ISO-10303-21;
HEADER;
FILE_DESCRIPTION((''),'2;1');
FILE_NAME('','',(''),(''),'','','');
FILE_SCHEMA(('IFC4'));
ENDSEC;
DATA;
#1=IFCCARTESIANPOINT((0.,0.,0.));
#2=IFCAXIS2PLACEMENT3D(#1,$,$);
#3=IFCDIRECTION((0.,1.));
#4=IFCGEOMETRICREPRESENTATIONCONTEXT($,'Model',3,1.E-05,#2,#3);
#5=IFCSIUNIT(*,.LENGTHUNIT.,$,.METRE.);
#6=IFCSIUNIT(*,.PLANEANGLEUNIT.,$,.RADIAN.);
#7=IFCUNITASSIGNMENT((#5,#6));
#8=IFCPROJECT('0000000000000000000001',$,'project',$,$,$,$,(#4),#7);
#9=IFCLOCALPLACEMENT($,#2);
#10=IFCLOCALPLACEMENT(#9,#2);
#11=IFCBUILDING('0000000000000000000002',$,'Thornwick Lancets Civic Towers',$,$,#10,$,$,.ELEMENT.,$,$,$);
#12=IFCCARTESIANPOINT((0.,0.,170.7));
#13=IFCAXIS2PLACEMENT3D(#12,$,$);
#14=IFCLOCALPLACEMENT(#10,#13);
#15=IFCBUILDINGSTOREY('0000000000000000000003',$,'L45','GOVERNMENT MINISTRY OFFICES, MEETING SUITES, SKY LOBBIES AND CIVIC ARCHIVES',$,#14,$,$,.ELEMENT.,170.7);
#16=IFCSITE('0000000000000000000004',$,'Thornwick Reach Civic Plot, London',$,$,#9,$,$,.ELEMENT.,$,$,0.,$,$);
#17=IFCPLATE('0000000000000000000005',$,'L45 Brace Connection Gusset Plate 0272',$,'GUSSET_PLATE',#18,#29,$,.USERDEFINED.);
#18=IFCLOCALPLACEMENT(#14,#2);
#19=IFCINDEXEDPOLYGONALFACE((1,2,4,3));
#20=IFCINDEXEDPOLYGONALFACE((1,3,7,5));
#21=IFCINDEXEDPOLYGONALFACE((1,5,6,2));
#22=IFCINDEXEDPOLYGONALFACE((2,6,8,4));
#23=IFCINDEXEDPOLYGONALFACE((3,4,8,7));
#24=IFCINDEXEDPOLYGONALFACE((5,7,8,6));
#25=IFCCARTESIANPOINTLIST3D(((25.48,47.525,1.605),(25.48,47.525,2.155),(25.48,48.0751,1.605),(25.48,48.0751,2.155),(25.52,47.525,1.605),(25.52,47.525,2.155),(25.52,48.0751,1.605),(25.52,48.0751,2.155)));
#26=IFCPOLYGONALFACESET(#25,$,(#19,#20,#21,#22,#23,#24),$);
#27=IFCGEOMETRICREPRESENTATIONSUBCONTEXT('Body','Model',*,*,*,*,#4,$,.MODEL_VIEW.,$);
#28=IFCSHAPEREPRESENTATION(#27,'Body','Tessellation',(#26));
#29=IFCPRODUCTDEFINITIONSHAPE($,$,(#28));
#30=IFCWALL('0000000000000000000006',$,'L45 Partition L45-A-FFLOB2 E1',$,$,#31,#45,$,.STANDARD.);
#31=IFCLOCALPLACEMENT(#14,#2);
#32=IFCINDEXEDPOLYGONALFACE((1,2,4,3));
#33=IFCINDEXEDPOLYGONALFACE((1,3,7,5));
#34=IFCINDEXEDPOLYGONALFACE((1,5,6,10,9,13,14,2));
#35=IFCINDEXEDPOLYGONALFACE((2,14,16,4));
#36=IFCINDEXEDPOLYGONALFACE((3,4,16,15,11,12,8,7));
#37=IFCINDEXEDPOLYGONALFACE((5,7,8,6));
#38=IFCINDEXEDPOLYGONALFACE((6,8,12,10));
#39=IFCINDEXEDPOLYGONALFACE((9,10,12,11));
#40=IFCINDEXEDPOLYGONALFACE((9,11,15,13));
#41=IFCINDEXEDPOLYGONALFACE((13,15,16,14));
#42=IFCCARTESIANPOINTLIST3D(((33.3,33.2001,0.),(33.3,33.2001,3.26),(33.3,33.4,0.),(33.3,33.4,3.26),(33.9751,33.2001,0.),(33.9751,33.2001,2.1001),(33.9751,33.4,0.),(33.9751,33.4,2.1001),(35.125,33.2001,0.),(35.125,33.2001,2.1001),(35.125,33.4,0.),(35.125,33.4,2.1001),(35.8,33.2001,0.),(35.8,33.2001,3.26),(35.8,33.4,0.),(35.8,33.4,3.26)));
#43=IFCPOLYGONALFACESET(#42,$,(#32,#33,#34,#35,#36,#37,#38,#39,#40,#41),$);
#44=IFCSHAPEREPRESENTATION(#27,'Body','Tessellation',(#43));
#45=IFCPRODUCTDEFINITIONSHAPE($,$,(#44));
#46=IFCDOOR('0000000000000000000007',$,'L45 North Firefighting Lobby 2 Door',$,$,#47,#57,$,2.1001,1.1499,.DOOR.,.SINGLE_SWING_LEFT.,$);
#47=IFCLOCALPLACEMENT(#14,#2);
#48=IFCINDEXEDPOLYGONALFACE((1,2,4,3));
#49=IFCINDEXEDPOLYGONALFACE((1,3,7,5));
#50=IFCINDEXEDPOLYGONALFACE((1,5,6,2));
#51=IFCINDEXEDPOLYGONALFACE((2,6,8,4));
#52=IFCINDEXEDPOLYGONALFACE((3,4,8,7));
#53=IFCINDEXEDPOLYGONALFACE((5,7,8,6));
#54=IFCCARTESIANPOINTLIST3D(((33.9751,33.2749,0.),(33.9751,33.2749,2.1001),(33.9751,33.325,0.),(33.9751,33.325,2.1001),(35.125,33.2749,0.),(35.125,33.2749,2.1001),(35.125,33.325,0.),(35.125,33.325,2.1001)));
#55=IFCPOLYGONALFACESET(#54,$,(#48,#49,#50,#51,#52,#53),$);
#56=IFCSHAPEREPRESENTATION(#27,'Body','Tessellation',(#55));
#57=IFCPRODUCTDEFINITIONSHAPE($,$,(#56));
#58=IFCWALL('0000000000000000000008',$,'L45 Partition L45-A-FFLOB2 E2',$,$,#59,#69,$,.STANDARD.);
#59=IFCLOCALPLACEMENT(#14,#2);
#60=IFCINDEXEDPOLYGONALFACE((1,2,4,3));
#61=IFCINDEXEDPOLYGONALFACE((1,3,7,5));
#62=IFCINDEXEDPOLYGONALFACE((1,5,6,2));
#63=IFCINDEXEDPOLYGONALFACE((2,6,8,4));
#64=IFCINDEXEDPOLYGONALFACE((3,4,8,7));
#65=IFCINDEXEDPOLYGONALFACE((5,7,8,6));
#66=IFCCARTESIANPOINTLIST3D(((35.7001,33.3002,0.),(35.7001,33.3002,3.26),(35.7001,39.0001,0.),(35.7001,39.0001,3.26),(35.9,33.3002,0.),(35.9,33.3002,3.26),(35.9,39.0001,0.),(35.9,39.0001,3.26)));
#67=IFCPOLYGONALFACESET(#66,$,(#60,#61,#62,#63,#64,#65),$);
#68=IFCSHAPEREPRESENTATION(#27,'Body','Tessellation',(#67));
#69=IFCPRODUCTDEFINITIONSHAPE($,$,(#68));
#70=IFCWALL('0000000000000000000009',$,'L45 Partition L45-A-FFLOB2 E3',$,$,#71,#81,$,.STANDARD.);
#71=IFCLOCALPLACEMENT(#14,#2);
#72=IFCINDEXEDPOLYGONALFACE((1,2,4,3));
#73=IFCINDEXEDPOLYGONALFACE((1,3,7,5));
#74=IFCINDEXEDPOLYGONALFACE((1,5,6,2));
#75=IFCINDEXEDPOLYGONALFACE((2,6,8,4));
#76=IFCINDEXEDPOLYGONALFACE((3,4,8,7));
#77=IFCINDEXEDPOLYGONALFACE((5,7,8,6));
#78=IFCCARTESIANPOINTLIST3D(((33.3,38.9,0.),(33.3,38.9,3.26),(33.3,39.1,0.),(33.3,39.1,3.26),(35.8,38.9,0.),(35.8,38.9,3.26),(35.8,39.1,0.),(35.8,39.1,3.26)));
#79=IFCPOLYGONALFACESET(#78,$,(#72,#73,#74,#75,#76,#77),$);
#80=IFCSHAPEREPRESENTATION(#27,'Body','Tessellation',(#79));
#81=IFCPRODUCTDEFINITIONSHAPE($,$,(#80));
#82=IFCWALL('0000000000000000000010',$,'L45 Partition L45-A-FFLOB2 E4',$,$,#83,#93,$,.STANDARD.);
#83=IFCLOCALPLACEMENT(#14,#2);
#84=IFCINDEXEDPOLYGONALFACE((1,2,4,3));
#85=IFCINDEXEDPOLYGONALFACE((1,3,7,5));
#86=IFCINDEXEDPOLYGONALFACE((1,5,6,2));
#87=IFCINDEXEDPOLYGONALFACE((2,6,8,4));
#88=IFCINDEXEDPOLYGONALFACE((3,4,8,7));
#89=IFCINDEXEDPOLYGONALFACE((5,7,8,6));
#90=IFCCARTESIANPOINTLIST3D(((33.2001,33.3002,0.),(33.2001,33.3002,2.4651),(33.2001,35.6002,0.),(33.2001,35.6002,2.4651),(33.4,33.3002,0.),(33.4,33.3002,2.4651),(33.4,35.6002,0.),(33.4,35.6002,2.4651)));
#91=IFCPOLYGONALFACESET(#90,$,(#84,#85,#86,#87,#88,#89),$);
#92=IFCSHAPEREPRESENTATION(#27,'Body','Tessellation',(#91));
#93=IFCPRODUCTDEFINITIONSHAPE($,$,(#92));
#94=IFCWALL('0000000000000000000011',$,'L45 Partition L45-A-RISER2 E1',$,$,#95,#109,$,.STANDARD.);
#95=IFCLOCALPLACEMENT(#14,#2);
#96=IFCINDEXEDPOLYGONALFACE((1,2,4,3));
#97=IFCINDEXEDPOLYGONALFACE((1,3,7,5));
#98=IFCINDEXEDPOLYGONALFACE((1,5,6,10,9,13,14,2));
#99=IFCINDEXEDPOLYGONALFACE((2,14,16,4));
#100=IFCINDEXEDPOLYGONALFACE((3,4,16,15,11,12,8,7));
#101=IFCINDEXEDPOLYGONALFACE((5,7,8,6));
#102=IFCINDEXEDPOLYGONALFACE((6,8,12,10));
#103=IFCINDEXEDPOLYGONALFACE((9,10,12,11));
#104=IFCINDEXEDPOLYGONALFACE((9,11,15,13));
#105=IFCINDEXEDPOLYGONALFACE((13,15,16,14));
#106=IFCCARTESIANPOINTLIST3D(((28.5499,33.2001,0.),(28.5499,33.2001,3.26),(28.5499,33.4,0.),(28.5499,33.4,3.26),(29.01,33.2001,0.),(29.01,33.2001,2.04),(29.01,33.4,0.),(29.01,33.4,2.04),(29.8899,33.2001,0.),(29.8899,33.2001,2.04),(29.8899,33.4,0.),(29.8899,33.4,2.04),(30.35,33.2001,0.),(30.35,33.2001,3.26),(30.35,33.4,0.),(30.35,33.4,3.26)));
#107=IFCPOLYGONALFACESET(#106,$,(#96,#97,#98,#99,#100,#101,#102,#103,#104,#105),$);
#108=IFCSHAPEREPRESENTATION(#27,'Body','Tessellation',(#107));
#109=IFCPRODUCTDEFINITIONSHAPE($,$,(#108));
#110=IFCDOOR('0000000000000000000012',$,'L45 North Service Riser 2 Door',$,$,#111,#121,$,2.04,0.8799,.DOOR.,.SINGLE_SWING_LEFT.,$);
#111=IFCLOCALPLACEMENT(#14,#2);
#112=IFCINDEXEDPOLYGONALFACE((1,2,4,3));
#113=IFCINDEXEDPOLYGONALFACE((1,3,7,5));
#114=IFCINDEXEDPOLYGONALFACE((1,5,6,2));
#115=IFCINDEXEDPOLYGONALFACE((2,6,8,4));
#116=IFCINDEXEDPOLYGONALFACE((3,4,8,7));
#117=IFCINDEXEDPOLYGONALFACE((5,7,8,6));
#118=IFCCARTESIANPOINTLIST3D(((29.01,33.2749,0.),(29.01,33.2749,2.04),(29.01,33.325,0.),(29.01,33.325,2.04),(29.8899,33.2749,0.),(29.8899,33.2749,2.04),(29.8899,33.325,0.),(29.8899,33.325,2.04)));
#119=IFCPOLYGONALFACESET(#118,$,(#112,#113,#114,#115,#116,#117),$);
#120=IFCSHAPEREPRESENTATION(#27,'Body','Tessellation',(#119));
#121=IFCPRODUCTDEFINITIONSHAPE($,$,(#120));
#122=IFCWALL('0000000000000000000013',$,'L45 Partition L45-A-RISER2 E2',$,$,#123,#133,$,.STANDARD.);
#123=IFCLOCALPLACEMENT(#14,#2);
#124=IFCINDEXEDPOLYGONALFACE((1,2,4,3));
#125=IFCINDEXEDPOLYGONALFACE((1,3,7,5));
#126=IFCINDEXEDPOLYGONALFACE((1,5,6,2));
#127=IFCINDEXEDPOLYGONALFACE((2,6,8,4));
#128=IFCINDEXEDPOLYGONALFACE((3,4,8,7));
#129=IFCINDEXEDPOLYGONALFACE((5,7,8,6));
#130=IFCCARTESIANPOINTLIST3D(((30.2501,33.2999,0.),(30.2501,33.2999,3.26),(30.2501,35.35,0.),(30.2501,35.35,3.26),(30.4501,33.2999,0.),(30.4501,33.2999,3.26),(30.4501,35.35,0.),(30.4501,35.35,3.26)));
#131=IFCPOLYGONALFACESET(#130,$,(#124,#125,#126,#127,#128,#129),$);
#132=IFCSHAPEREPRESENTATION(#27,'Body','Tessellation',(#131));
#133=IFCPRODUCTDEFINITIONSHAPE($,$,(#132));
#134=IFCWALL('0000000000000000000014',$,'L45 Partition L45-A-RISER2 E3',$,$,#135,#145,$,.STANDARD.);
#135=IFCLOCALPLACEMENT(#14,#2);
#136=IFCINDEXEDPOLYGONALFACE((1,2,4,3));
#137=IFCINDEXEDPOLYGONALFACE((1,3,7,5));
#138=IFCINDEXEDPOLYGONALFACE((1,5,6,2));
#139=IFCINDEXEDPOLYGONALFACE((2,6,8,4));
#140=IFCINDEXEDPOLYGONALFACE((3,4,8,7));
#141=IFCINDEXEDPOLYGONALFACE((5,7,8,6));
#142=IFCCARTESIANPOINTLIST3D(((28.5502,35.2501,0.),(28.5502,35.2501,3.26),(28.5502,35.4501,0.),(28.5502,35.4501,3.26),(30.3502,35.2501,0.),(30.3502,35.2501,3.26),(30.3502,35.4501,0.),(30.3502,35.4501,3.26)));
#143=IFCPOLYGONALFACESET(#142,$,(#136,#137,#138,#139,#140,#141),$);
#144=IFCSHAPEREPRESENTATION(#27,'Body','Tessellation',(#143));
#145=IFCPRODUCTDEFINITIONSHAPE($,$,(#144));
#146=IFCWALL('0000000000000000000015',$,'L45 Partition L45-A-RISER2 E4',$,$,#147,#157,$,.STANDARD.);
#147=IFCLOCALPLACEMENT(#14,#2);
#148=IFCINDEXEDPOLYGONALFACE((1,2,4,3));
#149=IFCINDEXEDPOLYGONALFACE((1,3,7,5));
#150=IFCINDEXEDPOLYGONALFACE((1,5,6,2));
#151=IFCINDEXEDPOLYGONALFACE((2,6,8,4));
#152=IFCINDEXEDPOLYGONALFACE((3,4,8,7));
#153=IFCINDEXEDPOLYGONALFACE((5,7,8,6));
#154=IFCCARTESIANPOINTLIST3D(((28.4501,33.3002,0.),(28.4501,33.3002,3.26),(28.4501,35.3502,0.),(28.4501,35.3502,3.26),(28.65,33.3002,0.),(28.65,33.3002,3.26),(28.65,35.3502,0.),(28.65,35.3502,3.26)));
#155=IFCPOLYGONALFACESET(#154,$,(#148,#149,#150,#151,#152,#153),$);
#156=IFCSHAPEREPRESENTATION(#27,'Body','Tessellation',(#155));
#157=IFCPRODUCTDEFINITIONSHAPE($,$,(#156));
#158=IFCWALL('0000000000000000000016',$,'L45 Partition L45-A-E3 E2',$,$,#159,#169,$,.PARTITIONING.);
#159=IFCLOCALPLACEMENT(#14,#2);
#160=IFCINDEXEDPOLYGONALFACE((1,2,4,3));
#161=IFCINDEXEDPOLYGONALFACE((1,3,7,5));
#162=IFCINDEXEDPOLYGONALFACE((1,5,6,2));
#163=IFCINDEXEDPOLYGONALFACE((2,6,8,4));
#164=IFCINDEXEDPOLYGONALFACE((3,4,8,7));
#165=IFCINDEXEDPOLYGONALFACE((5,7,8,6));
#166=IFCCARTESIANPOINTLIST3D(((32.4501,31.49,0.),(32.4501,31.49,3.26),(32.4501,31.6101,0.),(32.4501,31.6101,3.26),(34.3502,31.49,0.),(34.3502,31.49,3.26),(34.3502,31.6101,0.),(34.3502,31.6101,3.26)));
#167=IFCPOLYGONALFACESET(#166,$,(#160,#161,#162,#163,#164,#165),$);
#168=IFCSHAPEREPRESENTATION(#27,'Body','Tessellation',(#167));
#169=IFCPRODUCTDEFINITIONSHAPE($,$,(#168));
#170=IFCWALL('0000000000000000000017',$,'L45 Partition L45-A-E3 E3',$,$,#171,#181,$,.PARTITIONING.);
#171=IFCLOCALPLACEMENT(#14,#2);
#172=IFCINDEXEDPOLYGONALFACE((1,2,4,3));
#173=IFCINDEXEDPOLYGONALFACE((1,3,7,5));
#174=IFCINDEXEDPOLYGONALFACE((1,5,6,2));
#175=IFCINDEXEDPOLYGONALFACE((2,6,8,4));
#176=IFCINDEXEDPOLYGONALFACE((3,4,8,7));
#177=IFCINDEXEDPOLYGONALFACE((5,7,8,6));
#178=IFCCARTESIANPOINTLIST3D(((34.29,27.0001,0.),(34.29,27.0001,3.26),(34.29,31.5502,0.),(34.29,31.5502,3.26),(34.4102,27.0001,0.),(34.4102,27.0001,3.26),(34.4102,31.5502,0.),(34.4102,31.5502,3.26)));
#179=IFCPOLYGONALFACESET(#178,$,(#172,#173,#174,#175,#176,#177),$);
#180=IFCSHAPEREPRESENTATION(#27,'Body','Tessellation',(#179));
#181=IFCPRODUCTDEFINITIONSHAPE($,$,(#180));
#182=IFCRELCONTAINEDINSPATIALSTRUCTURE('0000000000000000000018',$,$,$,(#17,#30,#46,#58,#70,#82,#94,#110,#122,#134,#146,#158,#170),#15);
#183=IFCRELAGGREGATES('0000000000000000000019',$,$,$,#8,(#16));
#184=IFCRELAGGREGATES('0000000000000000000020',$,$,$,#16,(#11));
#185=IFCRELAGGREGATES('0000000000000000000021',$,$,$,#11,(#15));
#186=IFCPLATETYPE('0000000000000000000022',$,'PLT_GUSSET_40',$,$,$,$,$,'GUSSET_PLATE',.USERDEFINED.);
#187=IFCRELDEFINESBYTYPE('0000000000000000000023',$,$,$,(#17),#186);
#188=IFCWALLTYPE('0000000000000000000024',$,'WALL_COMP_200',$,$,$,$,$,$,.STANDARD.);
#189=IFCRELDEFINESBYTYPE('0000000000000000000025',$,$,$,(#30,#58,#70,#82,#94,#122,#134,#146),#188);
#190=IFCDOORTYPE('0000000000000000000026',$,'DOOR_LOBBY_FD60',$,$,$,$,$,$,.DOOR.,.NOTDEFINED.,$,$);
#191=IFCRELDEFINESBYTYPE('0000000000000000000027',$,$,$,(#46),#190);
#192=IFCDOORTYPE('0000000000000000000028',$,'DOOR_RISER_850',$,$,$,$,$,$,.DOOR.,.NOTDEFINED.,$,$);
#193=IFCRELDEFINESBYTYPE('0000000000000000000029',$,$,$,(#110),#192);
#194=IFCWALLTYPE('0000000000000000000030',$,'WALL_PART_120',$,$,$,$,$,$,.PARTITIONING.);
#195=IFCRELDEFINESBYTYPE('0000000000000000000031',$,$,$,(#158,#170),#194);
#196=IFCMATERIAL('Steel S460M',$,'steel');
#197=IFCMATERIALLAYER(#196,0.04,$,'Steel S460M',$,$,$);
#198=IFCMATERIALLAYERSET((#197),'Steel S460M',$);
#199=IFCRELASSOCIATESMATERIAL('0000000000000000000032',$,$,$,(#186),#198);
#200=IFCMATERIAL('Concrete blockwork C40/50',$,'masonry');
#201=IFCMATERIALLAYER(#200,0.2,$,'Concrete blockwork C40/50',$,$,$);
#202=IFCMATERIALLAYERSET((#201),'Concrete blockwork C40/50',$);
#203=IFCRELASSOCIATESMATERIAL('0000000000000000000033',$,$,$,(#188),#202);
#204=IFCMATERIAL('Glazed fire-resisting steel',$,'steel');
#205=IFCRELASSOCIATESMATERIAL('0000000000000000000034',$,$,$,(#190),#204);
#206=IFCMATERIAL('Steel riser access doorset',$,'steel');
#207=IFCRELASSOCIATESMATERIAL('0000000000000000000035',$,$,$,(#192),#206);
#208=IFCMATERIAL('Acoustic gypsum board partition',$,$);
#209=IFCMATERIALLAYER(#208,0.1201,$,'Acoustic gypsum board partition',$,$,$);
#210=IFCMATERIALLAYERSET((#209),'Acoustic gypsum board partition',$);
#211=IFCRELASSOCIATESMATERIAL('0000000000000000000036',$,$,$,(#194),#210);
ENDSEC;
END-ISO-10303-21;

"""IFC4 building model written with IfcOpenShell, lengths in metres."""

from ifc_helpers import new_model, si_unit, direction, frame, frame_2d, origin, origin_2d, place, context, subcontext, project, spatial, rectangle, extrude, material, layer, layer_set, type_object, element, fill, save


model = new_model("IFC4")

# Units and contexts
model_context = context("Model", 3, precision=1e-05, world=origin(), true_north=direction((0.0, 1.0)))
body_context = subcontext(model_context, "Body", "Model", "MODEL_VIEW")
ifc_project = project(units=[si_unit("LENGTHUNIT", "METRE"), si_unit("PLANEANGLEUNIT", "RADIAN")], contexts=[model_context])

# Site, building, storey
site_placement = place(None, origin())
site = spatial("IfcSite", under=ifc_project, at=site_placement, Name="Thornwick Reach Civic Plot, London", CompositionType="ELEMENT", RefElevation=0.0)
building_placement = place(site_placement, origin())
building = spatial("IfcBuilding", under=site, at=building_placement, Name="Thornwick Lancets Civic Towers", CompositionType="ELEMENT")
storey_placement = place(building_placement, frame((0.0, 0.0, 170.7)))
storey = spatial("IfcBuildingStorey", under=building, at=storey_placement, Name="L45", Description="GOVERNMENT MINISTRY OFFICES, MEETING SUITES, SKY LOBBIES AND CIVIC ARCHIVES", CompositionType="ELEMENT", Elevation=170.7)

# Shared definitions
ifc_material_1 = material(Name="Steel S460M", Category="steel")

# Plate
ifc_layer_1 = layer(ifc_material_1, 0.04, Name="Steel S460M")
ifc_layer_set_1 = layer_set([ifc_layer_1], Name="Steel S460M")
plate_type = type_object("IfcPlateType", Name="PLT_GUSSET_40", ElementType="GUSSET_PLATE", PredefinedType="USERDEFINED", material=ifc_layer_set_1)
for number, where, z_axis, x_axis, name in (
    (1, (25.5, 47.8, 1.605), (0.0, 0.0, 1.0), (0.0, 1.0, 0.0), "L45 Brace Connection Gusset Plate 0272"),
):
    element("IfcPlate", number, at=place(storey_placement, frame(where, z_axis=z_axis, x_axis=x_axis)), inside=storey, type_object=plate_type, Name=name, ObjectType="GUSSET_PLATE", PredefinedType="USERDEFINED", context=body_context, shape_type="SweptSolid", body=[
        extrude(rectangle(XDim=0.55, YDim=0.04, at=origin_2d()), origin(), (0.0, 0.0, 1.0), 0.55),
    ])

# Wall, opening, door
ifc_material_2 = material(Name="Concrete blockwork C40/50", Category="masonry")
ifc_layer_2 = layer(ifc_material_2, 0.2, Name="Concrete blockwork C40/50")
ifc_layer_set_2 = layer_set([ifc_layer_2], Name="Concrete blockwork C40/50")
wall_type_1 = type_object("IfcWallType", Name="WALL_COMP_200", PredefinedType="STANDARD", material=ifc_layer_set_2)
wall_1_placement = place(storey_placement, frame((33.3, 33.3, 0.0), z_axis=(0.0, 0.0, 1.0), x_axis=(1.0, 0.0, 0.0)))
wall_1 = element("IfcWall", 2, at=wall_1_placement, inside=storey, type_object=wall_type_1, Name="L45 Partition L45-A-FFLOB2 E1", PredefinedType="STANDARD", context=body_context, shape_type="SweptSolid", body=[
    extrude(rectangle(XDim=2.5, YDim=0.2, at=frame_2d((1.25, 0.0))), origin(), (0.0, 0.0, 1.0), 3.26),
])
opening_1_placement = place(wall_1_placement, frame((0.675, 0.0, 0.0)))
opening_1 = element("IfcOpeningElement", 3, at=opening_1_placement, cuts=wall_1, PredefinedType="OPENING", context=body_context, shape_type="SweptSolid", body=[
    extrude(rectangle(XDim=1.1499, YDim=2.1001, at=frame_2d((0.575, 1.05))), frame((0.0, 0.1099, 0.0), z_axis=(0.0, -1.0, 0.0), x_axis=(1.0, 0.0, 0.0)), (0.0, 0.0, 1.0), 0.22),
])
ifc_material_3 = material(Name="Glazed fire-resisting steel", Category="steel")
door_type_1 = type_object("IfcDoorType", Name="DOOR_LOBBY_FD60", OperationType="NOTDEFINED", PredefinedType="DOOR", material=ifc_material_3)
door_1_placement = place(opening_1_placement, origin())
door_1 = element("IfcDoor", 4, at=door_1_placement, inside=storey, type_object=door_type_1, Name="L45 North Firefighting Lobby 2 Door", OperationType="SINGLE_SWING_LEFT", OverallHeight=2.1001, OverallWidth=1.1499, PredefinedType="DOOR", context=body_context, shape_type="SweptSolid", body=[
    extrude(rectangle(XDim=1.1499, YDim=2.1001, at=frame_2d((0.575, 1.05))), frame((0.0, 0.0249, 0.0), z_axis=(0.0, -1.0, 0.0), x_axis=(1.0, 0.0, 0.0)), (0.0, 0.0, 1.0), 0.05),
])
fill(opening_1, door_1)

# Walls
wall_2_placement = place(storey_placement, frame((35.8, 33.3, 0.0), z_axis=(0.0, 0.0, 1.0), x_axis=(0.0, 1.0, 0.0)))
element("IfcWall", 5, at=wall_2_placement, inside=storey, type_object=wall_type_1, Name="L45 Partition L45-A-FFLOB2 E2", PredefinedType="STANDARD", context=body_context, shape_type="SweptSolid", body=[
    extrude(rectangle(XDim=5.7, YDim=0.2, at=frame_2d((2.8501, 0.0))), origin(), (0.0, 0.0, 1.0), 3.26),
])
wall_3_placement = place(storey_placement, frame((35.8, 39.0, 0.0), z_axis=(0.0, 0.0, 1.0), x_axis=(-1.0, 0.0, 0.0)))
element("IfcWall", 6, at=wall_3_placement, inside=storey, type_object=wall_type_1, Name="L45 Partition L45-A-FFLOB2 E3", PredefinedType="STANDARD", context=body_context, shape_type="SweptSolid", body=[
    extrude(rectangle(XDim=2.5, YDim=0.2, at=frame_2d((1.25, 0.0))), origin(), (0.0, 0.0, 1.0), 3.26),
])
wall_4_placement = place(storey_placement, frame((33.3, 35.6001, 0.0), z_axis=(0.0, 0.0, 1.0), x_axis=(0.0, -1.0, 0.0)))
element("IfcWall", 7, at=wall_4_placement, inside=storey, type_object=wall_type_1, Name="L45 Partition L45-A-FFLOB2 E4", PredefinedType="STANDARD", context=body_context, shape_type="SweptSolid", body=[
    extrude(rectangle(XDim=2.3, YDim=0.2, at=frame_2d((1.1499, 0.0))), origin(), (0.0, 0.0, 1.0), 2.4651),
])

# Wall, opening, door
wall_5_placement = place(storey_placement, frame((28.55, 33.3, 0.0), z_axis=(0.0, 0.0, 1.0), x_axis=(1.0, 0.0, 0.0)))
wall_5 = element("IfcWall", 8, at=wall_5_placement, inside=storey, type_object=wall_type_1, Name="L45 Partition L45-A-RISER2 E1", PredefinedType="STANDARD", context=body_context, shape_type="SweptSolid", body=[
    extrude(rectangle(XDim=1.8, YDim=0.2, at=frame_2d((0.8999, 0.0))), origin(), (0.0, 0.0, 1.0), 3.26),
])
opening_2_placement = place(wall_5_placement, frame((0.46, 0.0, 0.0)))
opening_2 = element("IfcOpeningElement", 9, at=opening_2_placement, cuts=wall_5, PredefinedType="OPENING", context=body_context, shape_type="SweptSolid", body=[
    extrude(rectangle(XDim=0.8799, YDim=2.04, at=frame_2d((0.4399, 1.02))), frame((0.0, 0.1099, 0.0), z_axis=(0.0, -1.0, 0.0), x_axis=(1.0, 0.0, 0.0)), (0.0, 0.0, 1.0), 0.22),
])
ifc_material_4 = material(Name="Steel riser access doorset", Category="steel")
door_type_2 = type_object("IfcDoorType", Name="DOOR_RISER_850", OperationType="NOTDEFINED", PredefinedType="DOOR", material=ifc_material_4)
door_2_placement = place(opening_2_placement, origin())
door_2 = element("IfcDoor", 10, at=door_2_placement, inside=storey, type_object=door_type_2, Name="L45 North Service Riser 2 Door", OperationType="SINGLE_SWING_LEFT", OverallHeight=2.04, OverallWidth=0.8799, PredefinedType="DOOR", context=body_context, shape_type="SweptSolid", body=[
    extrude(rectangle(XDim=0.8799, YDim=2.04, at=frame_2d((0.4399, 1.02))), frame((0.0, 0.0249, 0.0), z_axis=(0.0, -1.0, 0.0), x_axis=(1.0, 0.0, 0.0)), (0.0, 0.0, 1.0), 0.05),
])
fill(opening_2, door_2)

# Walls
wall_6_placement = place(storey_placement, frame((30.3501, 33.3, 0.0), z_axis=(0.0, 0.0, 1.0), x_axis=(0.0, 1.0, 0.0)))
element("IfcWall", 11, at=wall_6_placement, inside=storey, type_object=wall_type_1, Name="L45 Partition L45-A-RISER2 E2", PredefinedType="STANDARD", context=body_context, shape_type="SweptSolid", body=[
    extrude(rectangle(XDim=2.05, YDim=0.2, at=frame_2d((1.0249, 0.0))), origin(), (0.0, 0.0, 1.0), 3.26),
])
wall_7_placement = place(storey_placement, frame((30.3501, 35.3501, 0.0), z_axis=(0.0, 0.0, 1.0), x_axis=(-1.0, 0.0, 0.0)))
element("IfcWall", 12, at=wall_7_placement, inside=storey, type_object=wall_type_1, Name="L45 Partition L45-A-RISER2 E3", PredefinedType="STANDARD", context=body_context, shape_type="SweptSolid", body=[
    extrude(rectangle(XDim=1.8, YDim=0.2, at=frame_2d((0.8999, 0.0))), origin(), (0.0, 0.0, 1.0), 3.26),
])
wall_8_placement = place(storey_placement, frame((28.55, 35.3501, 0.0), z_axis=(0.0, 0.0, 1.0), x_axis=(0.0, -1.0, 0.0)))
element("IfcWall", 13, at=wall_8_placement, inside=storey, type_object=wall_type_1, Name="L45 Partition L45-A-RISER2 E4", PredefinedType="STANDARD", context=body_context, shape_type="SweptSolid", body=[
    extrude(rectangle(XDim=2.05, YDim=0.2, at=frame_2d((1.0249, 0.0))), origin(), (0.0, 0.0, 1.0), 3.26),
])
ifc_material_5 = material(Name="Acoustic gypsum board partition")
ifc_layer_3 = layer(ifc_material_5, 0.1201, Name="Acoustic gypsum board partition")
ifc_layer_set_3 = layer_set([ifc_layer_3], Name="Acoustic gypsum board partition")
wall_type_2 = type_object("IfcWallType", Name="WALL_PART_120", PredefinedType="PARTITIONING", material=ifc_layer_set_3)
wall_9_placement = place(storey_placement, frame((32.45, 31.55, 0.0), z_axis=(0.0, 0.0, 1.0), x_axis=(1.0, 0.0, 0.0)))
element("IfcWall", 14, at=wall_9_placement, inside=storey, type_object=wall_type_2, Name="L45 Partition L45-A-E3 E2", PredefinedType="PARTITIONING", context=body_context, shape_type="SweptSolid", body=[
    extrude(rectangle(XDim=1.9001, YDim=0.1201, at=frame_2d((0.9502, 0.0))), origin(), (0.0, 0.0, 1.0), 3.26),
])
wall_10_placement = place(storey_placement, frame((34.3501, 31.55, 0.0), z_axis=(0.0, 0.0, 1.0), x_axis=(0.0, -1.0, 0.0)))
element("IfcWall", 15, at=wall_10_placement, inside=storey, type_object=wall_type_2, Name="L45 Partition L45-A-E3 E3", PredefinedType="PARTITIONING", context=body_context, shape_type="SweptSolid", body=[
    extrude(rectangle(XDim=4.55, YDim=0.1201, at=frame_2d((2.2749, 0.0))), origin(), (0.0, 0.0, 1.0), 3.26),
])

save(model, "model.ifc")
